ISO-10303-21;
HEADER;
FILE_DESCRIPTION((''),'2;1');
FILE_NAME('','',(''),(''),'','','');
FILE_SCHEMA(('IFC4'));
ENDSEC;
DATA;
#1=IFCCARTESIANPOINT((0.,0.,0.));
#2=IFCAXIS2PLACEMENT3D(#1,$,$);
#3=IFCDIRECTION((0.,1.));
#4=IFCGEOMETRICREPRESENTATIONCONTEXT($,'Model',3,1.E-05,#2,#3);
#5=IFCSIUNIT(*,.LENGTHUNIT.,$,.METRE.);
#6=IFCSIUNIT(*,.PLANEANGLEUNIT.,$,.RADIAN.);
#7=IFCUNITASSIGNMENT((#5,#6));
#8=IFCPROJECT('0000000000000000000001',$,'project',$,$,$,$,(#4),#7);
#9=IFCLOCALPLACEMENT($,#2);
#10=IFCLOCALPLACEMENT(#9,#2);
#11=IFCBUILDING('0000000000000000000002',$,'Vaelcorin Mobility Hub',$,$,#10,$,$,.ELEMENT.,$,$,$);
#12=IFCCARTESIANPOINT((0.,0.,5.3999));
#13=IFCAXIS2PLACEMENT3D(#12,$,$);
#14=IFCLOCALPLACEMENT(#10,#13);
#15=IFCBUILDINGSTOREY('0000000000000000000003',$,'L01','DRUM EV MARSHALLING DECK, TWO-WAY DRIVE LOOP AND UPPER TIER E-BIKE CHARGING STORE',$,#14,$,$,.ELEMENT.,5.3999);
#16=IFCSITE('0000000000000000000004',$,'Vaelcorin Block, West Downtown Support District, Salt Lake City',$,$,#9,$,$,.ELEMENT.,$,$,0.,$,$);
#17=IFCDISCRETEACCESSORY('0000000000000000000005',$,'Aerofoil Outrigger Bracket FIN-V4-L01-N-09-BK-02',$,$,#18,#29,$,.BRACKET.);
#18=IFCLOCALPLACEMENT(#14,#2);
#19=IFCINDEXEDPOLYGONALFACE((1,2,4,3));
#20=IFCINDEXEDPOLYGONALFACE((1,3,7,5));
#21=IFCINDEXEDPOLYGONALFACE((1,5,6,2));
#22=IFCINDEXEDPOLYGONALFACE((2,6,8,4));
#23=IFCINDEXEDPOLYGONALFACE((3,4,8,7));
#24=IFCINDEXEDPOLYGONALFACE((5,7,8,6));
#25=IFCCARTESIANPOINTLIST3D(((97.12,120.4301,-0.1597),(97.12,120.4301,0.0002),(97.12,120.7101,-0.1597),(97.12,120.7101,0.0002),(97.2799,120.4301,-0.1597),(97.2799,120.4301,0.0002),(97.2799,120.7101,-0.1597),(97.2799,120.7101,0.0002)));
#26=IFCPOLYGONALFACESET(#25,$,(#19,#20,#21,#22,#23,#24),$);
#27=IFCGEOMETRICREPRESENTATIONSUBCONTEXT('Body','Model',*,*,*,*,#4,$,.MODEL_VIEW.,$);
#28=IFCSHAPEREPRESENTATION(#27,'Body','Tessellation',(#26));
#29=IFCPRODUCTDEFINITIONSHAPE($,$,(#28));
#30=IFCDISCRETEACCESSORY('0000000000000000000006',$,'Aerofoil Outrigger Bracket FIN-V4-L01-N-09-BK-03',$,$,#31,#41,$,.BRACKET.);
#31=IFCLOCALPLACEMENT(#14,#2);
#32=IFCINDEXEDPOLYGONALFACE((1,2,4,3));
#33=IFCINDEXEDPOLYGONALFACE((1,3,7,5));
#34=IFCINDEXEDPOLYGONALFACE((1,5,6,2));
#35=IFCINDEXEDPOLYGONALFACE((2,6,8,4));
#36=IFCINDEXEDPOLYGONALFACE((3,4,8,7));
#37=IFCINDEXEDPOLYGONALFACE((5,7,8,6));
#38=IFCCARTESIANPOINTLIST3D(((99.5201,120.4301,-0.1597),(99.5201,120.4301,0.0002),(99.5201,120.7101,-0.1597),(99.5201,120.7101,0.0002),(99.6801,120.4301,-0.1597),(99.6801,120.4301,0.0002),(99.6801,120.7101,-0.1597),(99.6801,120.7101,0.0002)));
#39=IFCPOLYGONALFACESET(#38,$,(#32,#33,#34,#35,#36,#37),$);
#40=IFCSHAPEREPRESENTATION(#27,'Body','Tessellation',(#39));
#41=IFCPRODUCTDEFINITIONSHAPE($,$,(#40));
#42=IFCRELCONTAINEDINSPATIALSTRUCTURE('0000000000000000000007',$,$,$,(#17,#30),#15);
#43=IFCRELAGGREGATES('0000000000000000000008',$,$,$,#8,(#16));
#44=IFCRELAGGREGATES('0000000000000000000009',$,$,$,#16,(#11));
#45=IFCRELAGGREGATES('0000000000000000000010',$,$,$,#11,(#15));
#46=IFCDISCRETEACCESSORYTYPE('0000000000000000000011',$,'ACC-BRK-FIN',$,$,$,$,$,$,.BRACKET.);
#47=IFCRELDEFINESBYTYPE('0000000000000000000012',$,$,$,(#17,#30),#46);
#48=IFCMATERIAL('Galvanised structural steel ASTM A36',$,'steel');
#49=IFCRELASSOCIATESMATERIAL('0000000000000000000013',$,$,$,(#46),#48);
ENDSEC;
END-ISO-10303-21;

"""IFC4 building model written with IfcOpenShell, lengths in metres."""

from ifc_helpers import new_model, si_unit, direction, frame, origin, origin_2d, place, context, subcontext, project, spatial, rectangle, extrude, material, type_object, element, save


model = new_model("IFC4")

# Units and contexts
model_context = context("Model", 3, precision=1e-05, world=origin(), true_north=direction((0.0, 1.0)))
body_context = subcontext(model_context, "Body", "Model", "MODEL_VIEW")
ifc_project = project(units=[si_unit("LENGTHUNIT", "METRE"), si_unit("PLANEANGLEUNIT", "RADIAN")], contexts=[model_context])

# Site, building, storey
site_placement = place(None, origin())
site = spatial("IfcSite", under=ifc_project, at=site_placement, Name="Vaelcorin Block, West Downtown Support District, Salt Lake City", CompositionType="ELEMENT", RefElevation=0.0)
building_placement = place(site_placement, origin())
building = spatial("IfcBuilding", under=site, at=building_placement, Name="Vaelcorin Mobility Hub", CompositionType="ELEMENT")
storey_placement = place(building_placement, frame((0.0, 0.0, 5.3999)))
storey = spatial("IfcBuildingStorey", under=building, at=storey_placement, Name="L01", Description="DRUM EV MARSHALLING DECK, TWO-WAY DRIVE LOOP AND UPPER TIER E-BIKE CHARGING STORE", CompositionType="ELEMENT", Elevation=5.3999)

# Shared definitions
ifc_material_1 = material(Name="Galvanised structural steel ASTM A36", Category="steel")

# Discrete accessories
discrete_accessory_type = type_object("IfcDiscreteAccessoryType", Name="ACC-BRK-FIN", PredefinedType="BRACKET", material=ifc_material_1)
for number, where, z_axis, x_axis, name in (
    (1, (97.2, 120.5701, -0.1597), (0.0, 0.0, 1.0), (0.0, 1.0, 0.0), "Aerofoil Outrigger Bracket FIN-V4-L01-N-09-BK-02"),
    (2, (99.6001, 120.5701, -0.1597), (0.0, 0.0, 1.0), (0.0, 1.0, 0.0), "Aerofoil Outrigger Bracket FIN-V4-L01-N-09-BK-03"),
):
    element("IfcDiscreteAccessory", number, at=place(storey_placement, frame(where, z_axis=z_axis, x_axis=x_axis)), inside=storey, type_object=discrete_accessory_type, Name=name, PredefinedType="BRACKET", context=body_context, shape_type="SweptSolid", body=[
        extrude(rectangle(XDim=0.28, YDim=0.1599, at=origin_2d()), origin(), (0.0, 0.0, 1.0), 0.1599),
    ])

save(model, "model.ifc")
